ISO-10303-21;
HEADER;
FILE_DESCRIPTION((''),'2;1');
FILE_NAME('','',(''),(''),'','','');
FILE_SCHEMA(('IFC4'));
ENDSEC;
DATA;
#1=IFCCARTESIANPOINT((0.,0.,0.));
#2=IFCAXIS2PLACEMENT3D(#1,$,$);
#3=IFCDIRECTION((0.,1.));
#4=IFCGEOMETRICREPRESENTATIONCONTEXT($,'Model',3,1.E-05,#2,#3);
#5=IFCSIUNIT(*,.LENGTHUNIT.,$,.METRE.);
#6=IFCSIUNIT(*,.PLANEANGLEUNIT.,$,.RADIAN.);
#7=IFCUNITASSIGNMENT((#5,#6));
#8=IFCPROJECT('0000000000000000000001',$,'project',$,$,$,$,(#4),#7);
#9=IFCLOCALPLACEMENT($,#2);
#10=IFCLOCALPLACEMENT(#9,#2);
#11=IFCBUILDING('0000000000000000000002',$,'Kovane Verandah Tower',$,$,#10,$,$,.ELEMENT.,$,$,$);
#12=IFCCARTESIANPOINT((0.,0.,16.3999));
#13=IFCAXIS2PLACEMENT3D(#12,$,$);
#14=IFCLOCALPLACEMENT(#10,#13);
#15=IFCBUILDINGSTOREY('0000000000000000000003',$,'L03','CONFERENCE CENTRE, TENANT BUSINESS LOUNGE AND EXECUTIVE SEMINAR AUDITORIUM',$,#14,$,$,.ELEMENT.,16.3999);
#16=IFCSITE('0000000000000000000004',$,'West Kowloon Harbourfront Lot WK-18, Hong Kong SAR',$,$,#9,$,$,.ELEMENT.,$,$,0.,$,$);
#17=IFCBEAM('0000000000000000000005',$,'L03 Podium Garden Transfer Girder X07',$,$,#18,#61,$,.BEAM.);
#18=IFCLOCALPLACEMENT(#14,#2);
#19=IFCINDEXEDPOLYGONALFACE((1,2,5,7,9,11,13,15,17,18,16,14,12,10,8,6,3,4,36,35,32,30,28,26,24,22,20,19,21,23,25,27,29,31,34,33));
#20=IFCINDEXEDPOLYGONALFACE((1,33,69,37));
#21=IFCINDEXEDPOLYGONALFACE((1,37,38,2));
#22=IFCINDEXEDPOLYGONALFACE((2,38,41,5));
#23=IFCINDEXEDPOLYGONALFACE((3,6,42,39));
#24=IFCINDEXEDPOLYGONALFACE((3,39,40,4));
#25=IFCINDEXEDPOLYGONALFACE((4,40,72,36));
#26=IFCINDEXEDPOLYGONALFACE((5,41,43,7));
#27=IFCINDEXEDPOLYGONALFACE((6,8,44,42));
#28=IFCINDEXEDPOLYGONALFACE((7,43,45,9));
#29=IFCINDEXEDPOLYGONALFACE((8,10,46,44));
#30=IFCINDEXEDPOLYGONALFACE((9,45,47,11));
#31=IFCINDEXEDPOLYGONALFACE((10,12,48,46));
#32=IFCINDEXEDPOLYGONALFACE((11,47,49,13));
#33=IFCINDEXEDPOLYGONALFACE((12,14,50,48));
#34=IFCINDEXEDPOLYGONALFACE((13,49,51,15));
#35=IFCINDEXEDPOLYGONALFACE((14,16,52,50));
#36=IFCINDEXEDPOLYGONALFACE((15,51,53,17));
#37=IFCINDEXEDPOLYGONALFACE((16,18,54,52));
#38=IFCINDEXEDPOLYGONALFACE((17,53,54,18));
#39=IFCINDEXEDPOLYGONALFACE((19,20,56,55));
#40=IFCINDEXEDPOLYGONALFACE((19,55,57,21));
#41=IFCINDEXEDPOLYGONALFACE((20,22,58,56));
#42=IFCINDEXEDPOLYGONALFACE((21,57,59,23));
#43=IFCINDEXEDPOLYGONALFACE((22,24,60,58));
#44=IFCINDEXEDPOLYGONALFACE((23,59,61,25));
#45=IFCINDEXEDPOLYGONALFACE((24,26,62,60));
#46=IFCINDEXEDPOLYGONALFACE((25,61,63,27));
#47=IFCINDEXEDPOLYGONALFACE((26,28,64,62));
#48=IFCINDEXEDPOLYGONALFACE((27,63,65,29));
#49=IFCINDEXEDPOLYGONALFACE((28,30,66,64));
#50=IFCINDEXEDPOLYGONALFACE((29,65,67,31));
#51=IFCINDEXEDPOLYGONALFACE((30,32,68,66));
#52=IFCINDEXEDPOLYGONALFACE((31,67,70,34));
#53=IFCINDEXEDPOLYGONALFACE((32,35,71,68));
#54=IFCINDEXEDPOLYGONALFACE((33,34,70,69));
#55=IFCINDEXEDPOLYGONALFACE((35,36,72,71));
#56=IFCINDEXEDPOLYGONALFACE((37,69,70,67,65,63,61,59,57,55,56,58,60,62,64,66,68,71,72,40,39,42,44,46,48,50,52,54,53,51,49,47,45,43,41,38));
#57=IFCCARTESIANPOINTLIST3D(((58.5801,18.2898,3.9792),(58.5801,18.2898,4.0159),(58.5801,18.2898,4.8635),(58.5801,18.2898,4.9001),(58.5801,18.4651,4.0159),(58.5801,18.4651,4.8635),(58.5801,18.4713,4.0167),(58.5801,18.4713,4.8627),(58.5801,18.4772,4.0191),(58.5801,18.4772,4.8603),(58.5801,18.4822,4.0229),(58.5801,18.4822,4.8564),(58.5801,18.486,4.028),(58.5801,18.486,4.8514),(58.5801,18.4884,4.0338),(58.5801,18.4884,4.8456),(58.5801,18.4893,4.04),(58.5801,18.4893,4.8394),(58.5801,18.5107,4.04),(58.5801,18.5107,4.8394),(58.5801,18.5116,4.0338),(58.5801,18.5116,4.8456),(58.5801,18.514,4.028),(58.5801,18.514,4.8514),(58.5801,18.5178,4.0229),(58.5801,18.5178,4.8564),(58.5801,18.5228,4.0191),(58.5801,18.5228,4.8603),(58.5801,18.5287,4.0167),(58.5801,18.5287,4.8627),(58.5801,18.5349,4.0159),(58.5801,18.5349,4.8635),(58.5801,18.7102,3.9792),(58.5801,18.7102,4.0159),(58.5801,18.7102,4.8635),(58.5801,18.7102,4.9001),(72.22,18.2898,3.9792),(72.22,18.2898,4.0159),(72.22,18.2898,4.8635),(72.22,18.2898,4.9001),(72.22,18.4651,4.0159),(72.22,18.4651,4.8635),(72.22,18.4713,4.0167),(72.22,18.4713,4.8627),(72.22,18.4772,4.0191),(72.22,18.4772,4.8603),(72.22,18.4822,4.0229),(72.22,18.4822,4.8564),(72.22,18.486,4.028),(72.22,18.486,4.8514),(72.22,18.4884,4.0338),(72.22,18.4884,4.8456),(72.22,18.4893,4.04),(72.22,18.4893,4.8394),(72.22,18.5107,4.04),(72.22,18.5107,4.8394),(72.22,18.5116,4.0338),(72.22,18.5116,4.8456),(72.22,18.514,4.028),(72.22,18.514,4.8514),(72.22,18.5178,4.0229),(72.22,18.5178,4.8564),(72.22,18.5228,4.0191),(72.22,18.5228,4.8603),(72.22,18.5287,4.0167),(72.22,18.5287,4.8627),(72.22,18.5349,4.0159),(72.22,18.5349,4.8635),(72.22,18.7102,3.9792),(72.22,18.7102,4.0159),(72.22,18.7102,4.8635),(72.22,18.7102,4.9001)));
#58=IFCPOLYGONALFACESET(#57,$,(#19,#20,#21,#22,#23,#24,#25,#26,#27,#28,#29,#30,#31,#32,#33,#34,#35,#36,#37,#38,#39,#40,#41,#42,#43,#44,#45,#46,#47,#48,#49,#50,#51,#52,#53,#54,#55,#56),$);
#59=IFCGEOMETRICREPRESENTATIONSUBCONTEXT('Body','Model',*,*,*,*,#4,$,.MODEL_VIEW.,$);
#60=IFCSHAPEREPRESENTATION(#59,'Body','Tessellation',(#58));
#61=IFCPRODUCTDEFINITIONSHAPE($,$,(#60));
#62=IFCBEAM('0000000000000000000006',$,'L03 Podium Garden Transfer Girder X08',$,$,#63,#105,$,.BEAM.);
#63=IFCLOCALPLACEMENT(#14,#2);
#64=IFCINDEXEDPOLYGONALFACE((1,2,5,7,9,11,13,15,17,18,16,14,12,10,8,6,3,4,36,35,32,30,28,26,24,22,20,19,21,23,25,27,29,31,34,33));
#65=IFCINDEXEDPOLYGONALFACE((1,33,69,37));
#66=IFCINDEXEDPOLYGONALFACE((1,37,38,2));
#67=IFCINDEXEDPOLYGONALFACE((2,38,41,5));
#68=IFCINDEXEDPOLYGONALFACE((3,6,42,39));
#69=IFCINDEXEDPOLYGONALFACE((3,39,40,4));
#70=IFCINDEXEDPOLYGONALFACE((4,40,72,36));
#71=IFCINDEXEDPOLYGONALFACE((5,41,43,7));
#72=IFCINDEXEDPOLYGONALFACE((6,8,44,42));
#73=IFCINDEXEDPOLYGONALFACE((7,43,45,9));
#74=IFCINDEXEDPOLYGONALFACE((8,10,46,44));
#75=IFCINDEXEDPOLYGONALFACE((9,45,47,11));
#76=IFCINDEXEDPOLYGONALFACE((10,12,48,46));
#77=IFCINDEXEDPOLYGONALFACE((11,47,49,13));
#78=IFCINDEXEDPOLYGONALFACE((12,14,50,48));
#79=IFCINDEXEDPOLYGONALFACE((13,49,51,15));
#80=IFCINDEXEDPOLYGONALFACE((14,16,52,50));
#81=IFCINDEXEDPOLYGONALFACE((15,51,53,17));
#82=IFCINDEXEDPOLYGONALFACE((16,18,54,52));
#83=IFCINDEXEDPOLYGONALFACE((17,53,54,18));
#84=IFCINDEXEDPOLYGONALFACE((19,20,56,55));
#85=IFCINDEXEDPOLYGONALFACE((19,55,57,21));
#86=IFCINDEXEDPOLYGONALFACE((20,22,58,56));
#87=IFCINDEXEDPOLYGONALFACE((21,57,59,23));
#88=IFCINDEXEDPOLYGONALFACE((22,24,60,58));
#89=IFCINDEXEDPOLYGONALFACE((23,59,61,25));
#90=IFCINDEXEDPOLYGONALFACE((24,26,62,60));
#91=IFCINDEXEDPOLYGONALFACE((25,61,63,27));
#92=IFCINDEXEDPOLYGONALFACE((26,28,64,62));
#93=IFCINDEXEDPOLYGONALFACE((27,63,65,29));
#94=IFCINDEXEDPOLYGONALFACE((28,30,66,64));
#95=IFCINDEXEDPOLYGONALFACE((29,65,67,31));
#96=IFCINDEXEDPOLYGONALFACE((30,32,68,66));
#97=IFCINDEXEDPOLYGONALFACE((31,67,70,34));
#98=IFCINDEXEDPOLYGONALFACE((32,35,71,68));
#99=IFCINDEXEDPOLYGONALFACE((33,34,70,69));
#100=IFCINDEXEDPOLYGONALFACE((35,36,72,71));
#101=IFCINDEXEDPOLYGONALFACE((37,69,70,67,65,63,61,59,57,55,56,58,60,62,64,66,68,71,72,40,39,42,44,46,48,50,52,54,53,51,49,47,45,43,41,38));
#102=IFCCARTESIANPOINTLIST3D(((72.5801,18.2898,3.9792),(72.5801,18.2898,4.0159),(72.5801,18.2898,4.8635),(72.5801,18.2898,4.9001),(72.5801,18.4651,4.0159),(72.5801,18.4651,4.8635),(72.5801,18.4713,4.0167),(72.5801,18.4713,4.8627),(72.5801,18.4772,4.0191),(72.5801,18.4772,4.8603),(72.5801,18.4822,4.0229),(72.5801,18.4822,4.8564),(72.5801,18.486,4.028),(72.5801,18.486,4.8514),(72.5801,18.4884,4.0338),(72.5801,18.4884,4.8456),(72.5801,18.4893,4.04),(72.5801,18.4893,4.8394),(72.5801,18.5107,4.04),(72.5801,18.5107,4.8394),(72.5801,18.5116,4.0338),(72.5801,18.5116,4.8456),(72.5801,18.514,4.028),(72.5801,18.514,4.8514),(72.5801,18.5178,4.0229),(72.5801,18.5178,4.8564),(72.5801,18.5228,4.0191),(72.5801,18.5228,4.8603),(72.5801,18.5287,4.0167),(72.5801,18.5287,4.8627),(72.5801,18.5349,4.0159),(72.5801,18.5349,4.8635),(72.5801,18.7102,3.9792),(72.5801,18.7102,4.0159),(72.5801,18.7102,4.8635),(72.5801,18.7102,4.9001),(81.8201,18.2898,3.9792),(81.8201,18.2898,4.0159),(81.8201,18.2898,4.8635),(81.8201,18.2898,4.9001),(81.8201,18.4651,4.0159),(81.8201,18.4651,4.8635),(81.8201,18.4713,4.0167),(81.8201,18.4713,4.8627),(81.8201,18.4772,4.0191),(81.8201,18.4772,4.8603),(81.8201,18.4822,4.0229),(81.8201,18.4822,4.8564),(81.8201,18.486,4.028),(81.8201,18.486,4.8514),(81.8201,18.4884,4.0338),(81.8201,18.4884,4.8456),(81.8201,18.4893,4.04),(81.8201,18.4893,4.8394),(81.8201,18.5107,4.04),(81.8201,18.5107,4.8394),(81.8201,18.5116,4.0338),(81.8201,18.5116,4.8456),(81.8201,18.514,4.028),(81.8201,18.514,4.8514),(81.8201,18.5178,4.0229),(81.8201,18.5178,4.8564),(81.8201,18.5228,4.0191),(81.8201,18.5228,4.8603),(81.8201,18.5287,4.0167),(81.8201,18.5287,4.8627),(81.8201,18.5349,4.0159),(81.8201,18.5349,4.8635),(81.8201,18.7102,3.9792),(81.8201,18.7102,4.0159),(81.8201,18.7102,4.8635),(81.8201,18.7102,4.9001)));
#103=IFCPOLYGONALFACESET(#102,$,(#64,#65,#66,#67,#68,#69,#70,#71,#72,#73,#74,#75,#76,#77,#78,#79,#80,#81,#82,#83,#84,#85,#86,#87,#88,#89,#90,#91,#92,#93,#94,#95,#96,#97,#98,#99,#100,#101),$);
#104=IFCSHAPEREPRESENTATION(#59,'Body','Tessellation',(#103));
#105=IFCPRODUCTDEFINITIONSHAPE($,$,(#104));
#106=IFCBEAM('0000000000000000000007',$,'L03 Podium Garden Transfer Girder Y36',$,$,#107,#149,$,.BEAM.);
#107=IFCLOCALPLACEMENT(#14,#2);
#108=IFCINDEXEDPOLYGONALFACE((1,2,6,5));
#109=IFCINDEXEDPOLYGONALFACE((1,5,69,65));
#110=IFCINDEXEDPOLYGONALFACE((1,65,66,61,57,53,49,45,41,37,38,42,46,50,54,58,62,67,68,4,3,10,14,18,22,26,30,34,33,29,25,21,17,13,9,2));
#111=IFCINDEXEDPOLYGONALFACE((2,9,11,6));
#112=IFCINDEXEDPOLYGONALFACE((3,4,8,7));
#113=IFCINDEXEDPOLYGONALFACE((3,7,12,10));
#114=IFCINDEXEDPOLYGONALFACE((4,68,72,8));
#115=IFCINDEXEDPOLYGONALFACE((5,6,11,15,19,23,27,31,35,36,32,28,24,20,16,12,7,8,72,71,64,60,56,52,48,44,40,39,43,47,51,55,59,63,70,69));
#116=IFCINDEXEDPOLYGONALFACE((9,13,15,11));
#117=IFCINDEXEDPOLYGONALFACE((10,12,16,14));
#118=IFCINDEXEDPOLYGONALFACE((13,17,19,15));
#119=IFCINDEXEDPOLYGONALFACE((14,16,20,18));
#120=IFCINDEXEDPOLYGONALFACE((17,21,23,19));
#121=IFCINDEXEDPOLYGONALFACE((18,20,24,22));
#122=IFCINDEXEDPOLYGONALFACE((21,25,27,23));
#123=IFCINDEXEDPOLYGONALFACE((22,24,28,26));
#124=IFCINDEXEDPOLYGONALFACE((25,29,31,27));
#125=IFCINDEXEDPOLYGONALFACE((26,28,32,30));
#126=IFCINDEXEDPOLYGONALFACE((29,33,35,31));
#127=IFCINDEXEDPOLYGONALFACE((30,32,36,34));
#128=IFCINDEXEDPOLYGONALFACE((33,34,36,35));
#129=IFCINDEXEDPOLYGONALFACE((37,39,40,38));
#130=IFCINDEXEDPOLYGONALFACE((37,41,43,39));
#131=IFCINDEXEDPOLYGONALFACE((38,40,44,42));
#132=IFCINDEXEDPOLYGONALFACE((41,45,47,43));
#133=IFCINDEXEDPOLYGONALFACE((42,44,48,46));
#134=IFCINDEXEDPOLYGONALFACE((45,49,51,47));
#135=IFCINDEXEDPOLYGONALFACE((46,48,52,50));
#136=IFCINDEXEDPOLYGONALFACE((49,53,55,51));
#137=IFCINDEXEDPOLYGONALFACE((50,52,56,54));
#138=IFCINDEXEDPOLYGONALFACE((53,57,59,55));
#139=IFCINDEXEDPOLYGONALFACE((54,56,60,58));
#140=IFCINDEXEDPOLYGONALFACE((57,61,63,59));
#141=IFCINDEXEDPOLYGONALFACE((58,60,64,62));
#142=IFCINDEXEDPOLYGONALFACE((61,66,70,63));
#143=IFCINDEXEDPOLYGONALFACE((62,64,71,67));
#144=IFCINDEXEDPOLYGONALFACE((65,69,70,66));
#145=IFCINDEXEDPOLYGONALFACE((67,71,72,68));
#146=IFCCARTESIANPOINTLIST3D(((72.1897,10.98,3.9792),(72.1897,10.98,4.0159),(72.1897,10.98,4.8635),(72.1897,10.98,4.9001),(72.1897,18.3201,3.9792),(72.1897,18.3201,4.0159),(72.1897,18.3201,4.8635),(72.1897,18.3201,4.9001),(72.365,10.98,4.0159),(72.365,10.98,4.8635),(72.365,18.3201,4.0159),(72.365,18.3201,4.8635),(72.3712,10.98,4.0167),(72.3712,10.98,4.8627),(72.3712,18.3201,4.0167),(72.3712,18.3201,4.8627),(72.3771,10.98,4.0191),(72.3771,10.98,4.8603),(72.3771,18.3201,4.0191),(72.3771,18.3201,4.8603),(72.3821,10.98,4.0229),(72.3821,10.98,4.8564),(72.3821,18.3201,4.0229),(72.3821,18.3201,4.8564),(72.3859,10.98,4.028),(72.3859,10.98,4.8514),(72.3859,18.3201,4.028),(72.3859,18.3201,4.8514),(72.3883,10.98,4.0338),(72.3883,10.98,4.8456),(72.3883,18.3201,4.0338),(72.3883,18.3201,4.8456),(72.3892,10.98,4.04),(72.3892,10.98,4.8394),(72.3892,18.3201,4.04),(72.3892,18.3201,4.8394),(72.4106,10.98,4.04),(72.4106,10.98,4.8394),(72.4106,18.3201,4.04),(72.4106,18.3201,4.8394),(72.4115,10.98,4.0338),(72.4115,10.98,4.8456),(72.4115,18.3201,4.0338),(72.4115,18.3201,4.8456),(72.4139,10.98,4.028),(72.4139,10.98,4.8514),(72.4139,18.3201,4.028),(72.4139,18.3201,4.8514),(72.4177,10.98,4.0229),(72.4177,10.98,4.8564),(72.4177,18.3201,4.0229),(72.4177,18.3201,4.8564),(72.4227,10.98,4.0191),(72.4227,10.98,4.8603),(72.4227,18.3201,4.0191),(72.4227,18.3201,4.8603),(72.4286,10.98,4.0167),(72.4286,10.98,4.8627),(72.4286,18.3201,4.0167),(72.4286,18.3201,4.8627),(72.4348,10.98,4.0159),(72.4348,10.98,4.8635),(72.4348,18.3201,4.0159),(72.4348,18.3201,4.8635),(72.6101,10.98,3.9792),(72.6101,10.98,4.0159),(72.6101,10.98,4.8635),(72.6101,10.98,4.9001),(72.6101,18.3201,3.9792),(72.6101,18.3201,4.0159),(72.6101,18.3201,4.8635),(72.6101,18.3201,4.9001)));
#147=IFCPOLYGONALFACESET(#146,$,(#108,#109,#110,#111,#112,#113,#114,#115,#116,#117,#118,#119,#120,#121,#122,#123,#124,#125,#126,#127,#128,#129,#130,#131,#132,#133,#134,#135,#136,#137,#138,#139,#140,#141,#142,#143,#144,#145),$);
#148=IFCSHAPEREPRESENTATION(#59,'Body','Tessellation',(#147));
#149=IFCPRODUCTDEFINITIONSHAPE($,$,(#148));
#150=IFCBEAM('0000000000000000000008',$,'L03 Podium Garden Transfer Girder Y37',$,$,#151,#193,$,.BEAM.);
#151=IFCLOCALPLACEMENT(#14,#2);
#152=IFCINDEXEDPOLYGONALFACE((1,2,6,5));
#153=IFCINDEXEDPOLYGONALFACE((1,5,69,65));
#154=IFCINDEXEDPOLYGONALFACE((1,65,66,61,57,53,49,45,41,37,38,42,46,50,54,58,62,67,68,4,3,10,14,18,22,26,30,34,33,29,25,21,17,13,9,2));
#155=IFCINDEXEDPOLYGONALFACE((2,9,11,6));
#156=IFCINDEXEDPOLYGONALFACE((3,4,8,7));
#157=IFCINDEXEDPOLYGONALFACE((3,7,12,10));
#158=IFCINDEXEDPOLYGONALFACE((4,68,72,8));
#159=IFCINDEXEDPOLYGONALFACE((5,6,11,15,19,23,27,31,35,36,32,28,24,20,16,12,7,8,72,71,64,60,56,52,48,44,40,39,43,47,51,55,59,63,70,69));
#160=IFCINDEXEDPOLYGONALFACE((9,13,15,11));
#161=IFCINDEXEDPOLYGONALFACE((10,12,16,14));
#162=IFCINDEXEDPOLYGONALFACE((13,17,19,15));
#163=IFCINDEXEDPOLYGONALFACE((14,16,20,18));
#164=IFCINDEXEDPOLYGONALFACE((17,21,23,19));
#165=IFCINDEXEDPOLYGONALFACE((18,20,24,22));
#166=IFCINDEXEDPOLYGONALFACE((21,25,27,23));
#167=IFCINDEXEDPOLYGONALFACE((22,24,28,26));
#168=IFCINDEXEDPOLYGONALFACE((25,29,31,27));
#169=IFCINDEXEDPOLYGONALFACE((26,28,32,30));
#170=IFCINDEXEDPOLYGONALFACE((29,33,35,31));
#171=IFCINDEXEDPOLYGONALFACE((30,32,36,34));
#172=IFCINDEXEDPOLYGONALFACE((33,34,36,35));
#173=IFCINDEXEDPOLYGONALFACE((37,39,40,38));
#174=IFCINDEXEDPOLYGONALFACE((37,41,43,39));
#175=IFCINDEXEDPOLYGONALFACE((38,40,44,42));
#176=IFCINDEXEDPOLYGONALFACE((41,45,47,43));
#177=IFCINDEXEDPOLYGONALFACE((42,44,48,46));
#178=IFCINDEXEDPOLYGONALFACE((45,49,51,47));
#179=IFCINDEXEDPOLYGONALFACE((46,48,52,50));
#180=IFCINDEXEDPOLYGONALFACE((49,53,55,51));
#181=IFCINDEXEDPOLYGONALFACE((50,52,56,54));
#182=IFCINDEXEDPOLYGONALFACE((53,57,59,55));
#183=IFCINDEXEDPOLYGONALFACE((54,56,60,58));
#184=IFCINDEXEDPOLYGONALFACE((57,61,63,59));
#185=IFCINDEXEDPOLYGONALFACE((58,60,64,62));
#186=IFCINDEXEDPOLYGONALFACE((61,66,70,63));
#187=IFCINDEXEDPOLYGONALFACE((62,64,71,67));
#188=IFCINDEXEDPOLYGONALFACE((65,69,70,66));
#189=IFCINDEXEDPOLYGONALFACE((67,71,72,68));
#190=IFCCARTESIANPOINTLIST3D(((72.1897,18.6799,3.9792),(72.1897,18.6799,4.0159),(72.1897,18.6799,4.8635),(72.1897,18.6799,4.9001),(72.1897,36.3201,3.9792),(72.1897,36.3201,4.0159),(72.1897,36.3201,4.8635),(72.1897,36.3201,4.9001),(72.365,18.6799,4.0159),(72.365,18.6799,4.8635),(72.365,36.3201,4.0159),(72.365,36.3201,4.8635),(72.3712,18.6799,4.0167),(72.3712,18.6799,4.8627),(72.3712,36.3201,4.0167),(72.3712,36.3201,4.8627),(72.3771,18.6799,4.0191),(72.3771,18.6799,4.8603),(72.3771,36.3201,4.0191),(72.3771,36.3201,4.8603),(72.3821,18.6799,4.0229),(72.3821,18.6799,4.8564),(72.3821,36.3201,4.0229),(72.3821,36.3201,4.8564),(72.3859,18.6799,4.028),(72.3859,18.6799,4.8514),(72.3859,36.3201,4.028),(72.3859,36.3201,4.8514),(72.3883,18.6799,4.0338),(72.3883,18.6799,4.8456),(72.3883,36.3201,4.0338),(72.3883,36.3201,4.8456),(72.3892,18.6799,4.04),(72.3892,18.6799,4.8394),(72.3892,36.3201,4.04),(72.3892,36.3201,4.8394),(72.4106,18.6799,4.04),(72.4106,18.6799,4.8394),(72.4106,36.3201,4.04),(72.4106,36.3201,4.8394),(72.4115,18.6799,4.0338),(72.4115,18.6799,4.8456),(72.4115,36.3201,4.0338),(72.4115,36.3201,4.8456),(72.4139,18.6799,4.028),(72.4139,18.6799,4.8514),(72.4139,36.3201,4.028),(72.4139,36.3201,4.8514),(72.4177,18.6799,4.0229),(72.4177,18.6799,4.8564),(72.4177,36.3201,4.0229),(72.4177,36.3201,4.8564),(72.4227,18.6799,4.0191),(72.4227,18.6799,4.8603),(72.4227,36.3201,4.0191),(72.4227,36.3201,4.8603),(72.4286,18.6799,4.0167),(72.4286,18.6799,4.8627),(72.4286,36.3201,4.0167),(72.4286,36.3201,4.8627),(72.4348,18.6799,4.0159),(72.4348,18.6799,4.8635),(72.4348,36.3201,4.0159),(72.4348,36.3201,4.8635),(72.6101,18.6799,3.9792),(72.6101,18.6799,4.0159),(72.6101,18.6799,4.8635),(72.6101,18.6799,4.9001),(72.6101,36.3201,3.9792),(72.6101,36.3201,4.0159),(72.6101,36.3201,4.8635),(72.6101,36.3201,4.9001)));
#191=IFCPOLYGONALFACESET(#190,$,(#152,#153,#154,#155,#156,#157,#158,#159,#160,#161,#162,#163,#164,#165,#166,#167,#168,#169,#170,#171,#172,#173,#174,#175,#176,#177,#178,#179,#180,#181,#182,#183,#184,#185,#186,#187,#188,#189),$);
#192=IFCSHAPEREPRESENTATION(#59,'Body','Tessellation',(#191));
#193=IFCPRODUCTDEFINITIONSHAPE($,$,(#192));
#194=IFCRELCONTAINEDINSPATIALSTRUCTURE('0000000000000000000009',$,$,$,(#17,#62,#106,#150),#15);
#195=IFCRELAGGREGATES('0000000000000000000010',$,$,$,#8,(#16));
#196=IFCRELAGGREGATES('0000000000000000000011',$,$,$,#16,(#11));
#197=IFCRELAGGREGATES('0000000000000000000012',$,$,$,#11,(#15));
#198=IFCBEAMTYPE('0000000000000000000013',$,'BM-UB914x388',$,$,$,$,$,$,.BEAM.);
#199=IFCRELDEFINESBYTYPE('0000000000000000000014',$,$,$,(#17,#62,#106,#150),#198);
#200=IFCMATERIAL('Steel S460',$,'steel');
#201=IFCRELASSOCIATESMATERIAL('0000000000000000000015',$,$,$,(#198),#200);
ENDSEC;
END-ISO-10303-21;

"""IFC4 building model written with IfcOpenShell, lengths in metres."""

from ifc_helpers import new_model, si_unit, direction, frame, origin, origin_2d, place, context, subcontext, project, spatial, i_section, extrude, material, material_profile, profile_set, type_object, element, save


model = new_model("IFC4")

# Units and contexts
model_context = context("Model", 3, precision=1e-05, world=origin(), true_north=direction((0.0, 1.0)))
body_context = subcontext(model_context, "Body", "Model", "MODEL_VIEW")
ifc_project = project(units=[si_unit("LENGTHUNIT", "METRE"), si_unit("PLANEANGLEUNIT", "RADIAN")], contexts=[model_context])

# Site, building, storey
site_placement = place(None, origin())
site = spatial("IfcSite", under=ifc_project, at=site_placement, Name="West Kowloon Harbourfront Lot WK-18, Hong Kong SAR", CompositionType="ELEMENT", RefElevation=0.0)
building_placement = place(site_placement, origin())
building = spatial("IfcBuilding", under=site, at=building_placement, Name="Kovane Verandah Tower", CompositionType="ELEMENT")
storey_placement = place(building_placement, frame((0.0, 0.0, 16.3999)))
storey = spatial("IfcBuildingStorey", under=building, at=storey_placement, Name="L03", Description="CONFERENCE CENTRE, TENANT BUSINESS LOUNGE AND EXECUTIVE SEMINAR AUDITORIUM", CompositionType="ELEMENT", Elevation=16.3999)

# Shared definitions
ifc_material_1 = material(Name="Steel S460", Category="steel")

# Beams
ifc_material_profile_1 = material_profile(ifc_material_1, i_section(OverallWidth=0.4204, OverallDepth=0.9209, WebThickness=0.0215, FlangeThickness=0.0366, FilletRadius=0.0242, at=origin_2d()), Name="UB914x419x388")
ifc_profile_set_1 = profile_set([ifc_material_profile_1], Name="Steel S460")
beam_type = type_object("IfcBeamType", Name="BM-UB914x388", PredefinedType="BEAM", material=ifc_profile_set_1)
beam_1_placement = place(storey_placement, frame((58.5801, 18.5, 4.4397), z_axis=(1.0, 0.0, 0.0), x_axis=(0.0, 1.0, 0.0)))
element("IfcBeam", 1, at=beam_1_placement, inside=storey, type_object=beam_type, Name="L03 Podium Garden Transfer Girder X07", PredefinedType="BEAM", context=body_context, shape_type="SweptSolid", body=[
    extrude(i_section(OverallWidth=0.4204, OverallDepth=0.9209, WebThickness=0.0215, FlangeThickness=0.0366, FilletRadius=0.0242, at=origin_2d()), origin(), (0.0, 0.0, 1.0), 13.6399),
])
beam_2_placement = place(storey_placement, frame((72.5801, 18.5, 4.4397), z_axis=(1.0, 0.0, 0.0), x_axis=(0.0, 1.0, 0.0)))
element("IfcBeam", 2, at=beam_2_placement, inside=storey, type_object=beam_type, Name="L03 Podium Garden Transfer Girder X08", PredefinedType="BEAM", context=body_context, shape_type="SweptSolid", body=[
    extrude(i_section(OverallWidth=0.4204, OverallDepth=0.9209, WebThickness=0.0215, FlangeThickness=0.0366, FilletRadius=0.0242, at=origin_2d()), origin(), (0.0, 0.0, 1.0), 9.24),
])
beam_3_placement = place(storey_placement, frame((72.3999, 10.98, 4.4397), z_axis=(0.0, 1.0, 0.0), x_axis=(-1.0, 0.0, 0.0)))
element("IfcBeam", 3, at=beam_3_placement, inside=storey, type_object=beam_type, Name="L03 Podium Garden Transfer Girder Y36", PredefinedType="BEAM", context=body_context, shape_type="SweptSolid", body=[
    extrude(i_section(OverallWidth=0.4204, OverallDepth=0.9209, WebThickness=0.0215, FlangeThickness=0.0366, FilletRadius=0.0242, at=origin_2d()), origin(), (0.0, 0.0, 1.0), 7.3401),
])
beam_4_placement = place(storey_placement, frame((72.3999, 18.6799, 4.4397), z_axis=(0.0, 1.0, 0.0), x_axis=(-1.0, 0.0, 0.0)))
element("IfcBeam", 4, at=beam_4_placement, inside=storey, type_object=beam_type, Name="L03 Podium Garden Transfer Girder Y37", PredefinedType="BEAM", context=body_context, shape_type="SweptSolid", body=[
    extrude(i_section(OverallWidth=0.4204, OverallDepth=0.9209, WebThickness=0.0215, FlangeThickness=0.0366, FilletRadius=0.0242, at=origin_2d()), origin(), (0.0, 0.0, 1.0), 17.6401),
])

save(model, "model.ifc")
